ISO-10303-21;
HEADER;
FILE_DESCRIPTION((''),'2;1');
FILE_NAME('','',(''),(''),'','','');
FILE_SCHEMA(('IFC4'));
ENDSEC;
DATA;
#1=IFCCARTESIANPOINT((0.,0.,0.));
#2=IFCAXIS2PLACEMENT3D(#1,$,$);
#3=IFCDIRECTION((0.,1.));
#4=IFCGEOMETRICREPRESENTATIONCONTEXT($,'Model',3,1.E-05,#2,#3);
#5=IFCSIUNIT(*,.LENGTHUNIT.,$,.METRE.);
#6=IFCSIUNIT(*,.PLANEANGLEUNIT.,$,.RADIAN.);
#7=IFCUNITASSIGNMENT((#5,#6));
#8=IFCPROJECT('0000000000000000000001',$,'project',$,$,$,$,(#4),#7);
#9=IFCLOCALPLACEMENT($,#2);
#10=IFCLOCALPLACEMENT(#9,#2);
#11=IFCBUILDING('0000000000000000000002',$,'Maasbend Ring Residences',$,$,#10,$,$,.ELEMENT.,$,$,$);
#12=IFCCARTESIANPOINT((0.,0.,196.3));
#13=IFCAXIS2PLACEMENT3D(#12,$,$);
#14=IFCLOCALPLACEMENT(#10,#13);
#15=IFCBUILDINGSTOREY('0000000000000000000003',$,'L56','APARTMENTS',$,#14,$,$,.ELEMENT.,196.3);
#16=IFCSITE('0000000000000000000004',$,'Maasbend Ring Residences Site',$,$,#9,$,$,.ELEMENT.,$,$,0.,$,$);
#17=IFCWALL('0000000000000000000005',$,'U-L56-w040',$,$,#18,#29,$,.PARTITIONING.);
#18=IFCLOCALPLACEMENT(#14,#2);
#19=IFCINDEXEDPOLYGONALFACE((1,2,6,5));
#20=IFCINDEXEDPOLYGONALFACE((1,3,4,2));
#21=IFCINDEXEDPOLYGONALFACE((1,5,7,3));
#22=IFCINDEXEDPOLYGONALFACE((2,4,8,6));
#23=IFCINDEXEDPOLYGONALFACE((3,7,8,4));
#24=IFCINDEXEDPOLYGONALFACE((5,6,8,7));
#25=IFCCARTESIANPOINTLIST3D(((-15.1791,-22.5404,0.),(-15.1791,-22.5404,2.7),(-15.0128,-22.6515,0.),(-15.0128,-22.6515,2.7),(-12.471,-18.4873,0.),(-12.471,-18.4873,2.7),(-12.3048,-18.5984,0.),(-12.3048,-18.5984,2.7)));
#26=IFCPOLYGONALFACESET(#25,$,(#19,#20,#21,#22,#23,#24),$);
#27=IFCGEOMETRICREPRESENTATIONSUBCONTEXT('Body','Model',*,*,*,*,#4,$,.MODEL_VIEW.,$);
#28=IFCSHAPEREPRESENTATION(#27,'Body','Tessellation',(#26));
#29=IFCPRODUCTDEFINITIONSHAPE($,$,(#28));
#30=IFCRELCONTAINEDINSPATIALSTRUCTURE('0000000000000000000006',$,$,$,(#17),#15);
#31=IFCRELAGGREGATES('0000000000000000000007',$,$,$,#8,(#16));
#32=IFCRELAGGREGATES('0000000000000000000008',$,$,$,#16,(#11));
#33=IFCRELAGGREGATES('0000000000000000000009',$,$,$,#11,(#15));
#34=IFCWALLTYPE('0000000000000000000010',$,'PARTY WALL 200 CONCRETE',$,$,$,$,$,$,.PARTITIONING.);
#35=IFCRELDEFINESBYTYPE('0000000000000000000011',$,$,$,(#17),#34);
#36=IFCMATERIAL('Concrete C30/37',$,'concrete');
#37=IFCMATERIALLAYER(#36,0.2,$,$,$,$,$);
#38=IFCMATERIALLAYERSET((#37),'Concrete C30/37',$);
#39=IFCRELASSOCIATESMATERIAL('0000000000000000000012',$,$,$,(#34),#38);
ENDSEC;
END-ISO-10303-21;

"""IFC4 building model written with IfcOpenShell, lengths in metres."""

from ifc_helpers import new_model, si_unit, direction, frame, frame_2d, origin, place, context, subcontext, project, spatial, rectangle, extrude, material, layer, layer_set, type_object, element, save


model = new_model("IFC4")

# Units and contexts
model_context = context("Model", 3, precision=1e-05, world=origin(), true_north=direction((0.0, 1.0)))
body_context = subcontext(model_context, "Body", "Model", "MODEL_VIEW")
ifc_project = project(units=[si_unit("LENGTHUNIT", "METRE"), si_unit("PLANEANGLEUNIT", "RADIAN")], contexts=[model_context])

# Site, building, storey
site_placement = place(None, origin())
site = spatial("IfcSite", under=ifc_project, at=site_placement, Name="Maasbend Ring Residences Site", CompositionType="ELEMENT", RefElevation=0.0)
building_placement = place(site_placement, origin())
building = spatial("IfcBuilding", under=site, at=building_placement, Name="Maasbend Ring Residences", CompositionType="ELEMENT")
storey_placement = place(building_placement, frame((0.0, 0.0, 196.3)))
storey = spatial("IfcBuildingStorey", under=building, at=storey_placement, Name="L56", Description="APARTMENTS", CompositionType="ELEMENT", Elevation=196.3)

# Wall
ifc_material_1 = material(Name="Concrete C30/37", Category="concrete")
ifc_layer_1 = layer(ifc_material_1, 0.2)
ifc_layer_set_1 = layer_set([ifc_layer_1], Name="Concrete C30/37")
wall_type_1 = type_object("IfcWallType", Name="PARTY WALL 200 CONCRETE", PredefinedType="PARTITIONING", material=ifc_layer_set_1)
wall_1_placement = place(storey_placement, frame((-15.0959, -22.5959, 0.0), z_axis=(0.0, 0.0, 1.0), x_axis=(0.555555, 0.83148, 0.0)))
element("IfcWall", 1, at=wall_1_placement, inside=storey, type_object=wall_type_1, Name="U-L56-w040", PredefinedType="PARTITIONING", context=body_context, shape_type="SweptSolid", body=[
    extrude(rectangle(XDim=4.8745, YDim=0.2, at=frame_2d((2.4373, 0.0))), origin(), (0.0, 0.0, 1.0), 2.7),
])

save(model, "model.ifc")
